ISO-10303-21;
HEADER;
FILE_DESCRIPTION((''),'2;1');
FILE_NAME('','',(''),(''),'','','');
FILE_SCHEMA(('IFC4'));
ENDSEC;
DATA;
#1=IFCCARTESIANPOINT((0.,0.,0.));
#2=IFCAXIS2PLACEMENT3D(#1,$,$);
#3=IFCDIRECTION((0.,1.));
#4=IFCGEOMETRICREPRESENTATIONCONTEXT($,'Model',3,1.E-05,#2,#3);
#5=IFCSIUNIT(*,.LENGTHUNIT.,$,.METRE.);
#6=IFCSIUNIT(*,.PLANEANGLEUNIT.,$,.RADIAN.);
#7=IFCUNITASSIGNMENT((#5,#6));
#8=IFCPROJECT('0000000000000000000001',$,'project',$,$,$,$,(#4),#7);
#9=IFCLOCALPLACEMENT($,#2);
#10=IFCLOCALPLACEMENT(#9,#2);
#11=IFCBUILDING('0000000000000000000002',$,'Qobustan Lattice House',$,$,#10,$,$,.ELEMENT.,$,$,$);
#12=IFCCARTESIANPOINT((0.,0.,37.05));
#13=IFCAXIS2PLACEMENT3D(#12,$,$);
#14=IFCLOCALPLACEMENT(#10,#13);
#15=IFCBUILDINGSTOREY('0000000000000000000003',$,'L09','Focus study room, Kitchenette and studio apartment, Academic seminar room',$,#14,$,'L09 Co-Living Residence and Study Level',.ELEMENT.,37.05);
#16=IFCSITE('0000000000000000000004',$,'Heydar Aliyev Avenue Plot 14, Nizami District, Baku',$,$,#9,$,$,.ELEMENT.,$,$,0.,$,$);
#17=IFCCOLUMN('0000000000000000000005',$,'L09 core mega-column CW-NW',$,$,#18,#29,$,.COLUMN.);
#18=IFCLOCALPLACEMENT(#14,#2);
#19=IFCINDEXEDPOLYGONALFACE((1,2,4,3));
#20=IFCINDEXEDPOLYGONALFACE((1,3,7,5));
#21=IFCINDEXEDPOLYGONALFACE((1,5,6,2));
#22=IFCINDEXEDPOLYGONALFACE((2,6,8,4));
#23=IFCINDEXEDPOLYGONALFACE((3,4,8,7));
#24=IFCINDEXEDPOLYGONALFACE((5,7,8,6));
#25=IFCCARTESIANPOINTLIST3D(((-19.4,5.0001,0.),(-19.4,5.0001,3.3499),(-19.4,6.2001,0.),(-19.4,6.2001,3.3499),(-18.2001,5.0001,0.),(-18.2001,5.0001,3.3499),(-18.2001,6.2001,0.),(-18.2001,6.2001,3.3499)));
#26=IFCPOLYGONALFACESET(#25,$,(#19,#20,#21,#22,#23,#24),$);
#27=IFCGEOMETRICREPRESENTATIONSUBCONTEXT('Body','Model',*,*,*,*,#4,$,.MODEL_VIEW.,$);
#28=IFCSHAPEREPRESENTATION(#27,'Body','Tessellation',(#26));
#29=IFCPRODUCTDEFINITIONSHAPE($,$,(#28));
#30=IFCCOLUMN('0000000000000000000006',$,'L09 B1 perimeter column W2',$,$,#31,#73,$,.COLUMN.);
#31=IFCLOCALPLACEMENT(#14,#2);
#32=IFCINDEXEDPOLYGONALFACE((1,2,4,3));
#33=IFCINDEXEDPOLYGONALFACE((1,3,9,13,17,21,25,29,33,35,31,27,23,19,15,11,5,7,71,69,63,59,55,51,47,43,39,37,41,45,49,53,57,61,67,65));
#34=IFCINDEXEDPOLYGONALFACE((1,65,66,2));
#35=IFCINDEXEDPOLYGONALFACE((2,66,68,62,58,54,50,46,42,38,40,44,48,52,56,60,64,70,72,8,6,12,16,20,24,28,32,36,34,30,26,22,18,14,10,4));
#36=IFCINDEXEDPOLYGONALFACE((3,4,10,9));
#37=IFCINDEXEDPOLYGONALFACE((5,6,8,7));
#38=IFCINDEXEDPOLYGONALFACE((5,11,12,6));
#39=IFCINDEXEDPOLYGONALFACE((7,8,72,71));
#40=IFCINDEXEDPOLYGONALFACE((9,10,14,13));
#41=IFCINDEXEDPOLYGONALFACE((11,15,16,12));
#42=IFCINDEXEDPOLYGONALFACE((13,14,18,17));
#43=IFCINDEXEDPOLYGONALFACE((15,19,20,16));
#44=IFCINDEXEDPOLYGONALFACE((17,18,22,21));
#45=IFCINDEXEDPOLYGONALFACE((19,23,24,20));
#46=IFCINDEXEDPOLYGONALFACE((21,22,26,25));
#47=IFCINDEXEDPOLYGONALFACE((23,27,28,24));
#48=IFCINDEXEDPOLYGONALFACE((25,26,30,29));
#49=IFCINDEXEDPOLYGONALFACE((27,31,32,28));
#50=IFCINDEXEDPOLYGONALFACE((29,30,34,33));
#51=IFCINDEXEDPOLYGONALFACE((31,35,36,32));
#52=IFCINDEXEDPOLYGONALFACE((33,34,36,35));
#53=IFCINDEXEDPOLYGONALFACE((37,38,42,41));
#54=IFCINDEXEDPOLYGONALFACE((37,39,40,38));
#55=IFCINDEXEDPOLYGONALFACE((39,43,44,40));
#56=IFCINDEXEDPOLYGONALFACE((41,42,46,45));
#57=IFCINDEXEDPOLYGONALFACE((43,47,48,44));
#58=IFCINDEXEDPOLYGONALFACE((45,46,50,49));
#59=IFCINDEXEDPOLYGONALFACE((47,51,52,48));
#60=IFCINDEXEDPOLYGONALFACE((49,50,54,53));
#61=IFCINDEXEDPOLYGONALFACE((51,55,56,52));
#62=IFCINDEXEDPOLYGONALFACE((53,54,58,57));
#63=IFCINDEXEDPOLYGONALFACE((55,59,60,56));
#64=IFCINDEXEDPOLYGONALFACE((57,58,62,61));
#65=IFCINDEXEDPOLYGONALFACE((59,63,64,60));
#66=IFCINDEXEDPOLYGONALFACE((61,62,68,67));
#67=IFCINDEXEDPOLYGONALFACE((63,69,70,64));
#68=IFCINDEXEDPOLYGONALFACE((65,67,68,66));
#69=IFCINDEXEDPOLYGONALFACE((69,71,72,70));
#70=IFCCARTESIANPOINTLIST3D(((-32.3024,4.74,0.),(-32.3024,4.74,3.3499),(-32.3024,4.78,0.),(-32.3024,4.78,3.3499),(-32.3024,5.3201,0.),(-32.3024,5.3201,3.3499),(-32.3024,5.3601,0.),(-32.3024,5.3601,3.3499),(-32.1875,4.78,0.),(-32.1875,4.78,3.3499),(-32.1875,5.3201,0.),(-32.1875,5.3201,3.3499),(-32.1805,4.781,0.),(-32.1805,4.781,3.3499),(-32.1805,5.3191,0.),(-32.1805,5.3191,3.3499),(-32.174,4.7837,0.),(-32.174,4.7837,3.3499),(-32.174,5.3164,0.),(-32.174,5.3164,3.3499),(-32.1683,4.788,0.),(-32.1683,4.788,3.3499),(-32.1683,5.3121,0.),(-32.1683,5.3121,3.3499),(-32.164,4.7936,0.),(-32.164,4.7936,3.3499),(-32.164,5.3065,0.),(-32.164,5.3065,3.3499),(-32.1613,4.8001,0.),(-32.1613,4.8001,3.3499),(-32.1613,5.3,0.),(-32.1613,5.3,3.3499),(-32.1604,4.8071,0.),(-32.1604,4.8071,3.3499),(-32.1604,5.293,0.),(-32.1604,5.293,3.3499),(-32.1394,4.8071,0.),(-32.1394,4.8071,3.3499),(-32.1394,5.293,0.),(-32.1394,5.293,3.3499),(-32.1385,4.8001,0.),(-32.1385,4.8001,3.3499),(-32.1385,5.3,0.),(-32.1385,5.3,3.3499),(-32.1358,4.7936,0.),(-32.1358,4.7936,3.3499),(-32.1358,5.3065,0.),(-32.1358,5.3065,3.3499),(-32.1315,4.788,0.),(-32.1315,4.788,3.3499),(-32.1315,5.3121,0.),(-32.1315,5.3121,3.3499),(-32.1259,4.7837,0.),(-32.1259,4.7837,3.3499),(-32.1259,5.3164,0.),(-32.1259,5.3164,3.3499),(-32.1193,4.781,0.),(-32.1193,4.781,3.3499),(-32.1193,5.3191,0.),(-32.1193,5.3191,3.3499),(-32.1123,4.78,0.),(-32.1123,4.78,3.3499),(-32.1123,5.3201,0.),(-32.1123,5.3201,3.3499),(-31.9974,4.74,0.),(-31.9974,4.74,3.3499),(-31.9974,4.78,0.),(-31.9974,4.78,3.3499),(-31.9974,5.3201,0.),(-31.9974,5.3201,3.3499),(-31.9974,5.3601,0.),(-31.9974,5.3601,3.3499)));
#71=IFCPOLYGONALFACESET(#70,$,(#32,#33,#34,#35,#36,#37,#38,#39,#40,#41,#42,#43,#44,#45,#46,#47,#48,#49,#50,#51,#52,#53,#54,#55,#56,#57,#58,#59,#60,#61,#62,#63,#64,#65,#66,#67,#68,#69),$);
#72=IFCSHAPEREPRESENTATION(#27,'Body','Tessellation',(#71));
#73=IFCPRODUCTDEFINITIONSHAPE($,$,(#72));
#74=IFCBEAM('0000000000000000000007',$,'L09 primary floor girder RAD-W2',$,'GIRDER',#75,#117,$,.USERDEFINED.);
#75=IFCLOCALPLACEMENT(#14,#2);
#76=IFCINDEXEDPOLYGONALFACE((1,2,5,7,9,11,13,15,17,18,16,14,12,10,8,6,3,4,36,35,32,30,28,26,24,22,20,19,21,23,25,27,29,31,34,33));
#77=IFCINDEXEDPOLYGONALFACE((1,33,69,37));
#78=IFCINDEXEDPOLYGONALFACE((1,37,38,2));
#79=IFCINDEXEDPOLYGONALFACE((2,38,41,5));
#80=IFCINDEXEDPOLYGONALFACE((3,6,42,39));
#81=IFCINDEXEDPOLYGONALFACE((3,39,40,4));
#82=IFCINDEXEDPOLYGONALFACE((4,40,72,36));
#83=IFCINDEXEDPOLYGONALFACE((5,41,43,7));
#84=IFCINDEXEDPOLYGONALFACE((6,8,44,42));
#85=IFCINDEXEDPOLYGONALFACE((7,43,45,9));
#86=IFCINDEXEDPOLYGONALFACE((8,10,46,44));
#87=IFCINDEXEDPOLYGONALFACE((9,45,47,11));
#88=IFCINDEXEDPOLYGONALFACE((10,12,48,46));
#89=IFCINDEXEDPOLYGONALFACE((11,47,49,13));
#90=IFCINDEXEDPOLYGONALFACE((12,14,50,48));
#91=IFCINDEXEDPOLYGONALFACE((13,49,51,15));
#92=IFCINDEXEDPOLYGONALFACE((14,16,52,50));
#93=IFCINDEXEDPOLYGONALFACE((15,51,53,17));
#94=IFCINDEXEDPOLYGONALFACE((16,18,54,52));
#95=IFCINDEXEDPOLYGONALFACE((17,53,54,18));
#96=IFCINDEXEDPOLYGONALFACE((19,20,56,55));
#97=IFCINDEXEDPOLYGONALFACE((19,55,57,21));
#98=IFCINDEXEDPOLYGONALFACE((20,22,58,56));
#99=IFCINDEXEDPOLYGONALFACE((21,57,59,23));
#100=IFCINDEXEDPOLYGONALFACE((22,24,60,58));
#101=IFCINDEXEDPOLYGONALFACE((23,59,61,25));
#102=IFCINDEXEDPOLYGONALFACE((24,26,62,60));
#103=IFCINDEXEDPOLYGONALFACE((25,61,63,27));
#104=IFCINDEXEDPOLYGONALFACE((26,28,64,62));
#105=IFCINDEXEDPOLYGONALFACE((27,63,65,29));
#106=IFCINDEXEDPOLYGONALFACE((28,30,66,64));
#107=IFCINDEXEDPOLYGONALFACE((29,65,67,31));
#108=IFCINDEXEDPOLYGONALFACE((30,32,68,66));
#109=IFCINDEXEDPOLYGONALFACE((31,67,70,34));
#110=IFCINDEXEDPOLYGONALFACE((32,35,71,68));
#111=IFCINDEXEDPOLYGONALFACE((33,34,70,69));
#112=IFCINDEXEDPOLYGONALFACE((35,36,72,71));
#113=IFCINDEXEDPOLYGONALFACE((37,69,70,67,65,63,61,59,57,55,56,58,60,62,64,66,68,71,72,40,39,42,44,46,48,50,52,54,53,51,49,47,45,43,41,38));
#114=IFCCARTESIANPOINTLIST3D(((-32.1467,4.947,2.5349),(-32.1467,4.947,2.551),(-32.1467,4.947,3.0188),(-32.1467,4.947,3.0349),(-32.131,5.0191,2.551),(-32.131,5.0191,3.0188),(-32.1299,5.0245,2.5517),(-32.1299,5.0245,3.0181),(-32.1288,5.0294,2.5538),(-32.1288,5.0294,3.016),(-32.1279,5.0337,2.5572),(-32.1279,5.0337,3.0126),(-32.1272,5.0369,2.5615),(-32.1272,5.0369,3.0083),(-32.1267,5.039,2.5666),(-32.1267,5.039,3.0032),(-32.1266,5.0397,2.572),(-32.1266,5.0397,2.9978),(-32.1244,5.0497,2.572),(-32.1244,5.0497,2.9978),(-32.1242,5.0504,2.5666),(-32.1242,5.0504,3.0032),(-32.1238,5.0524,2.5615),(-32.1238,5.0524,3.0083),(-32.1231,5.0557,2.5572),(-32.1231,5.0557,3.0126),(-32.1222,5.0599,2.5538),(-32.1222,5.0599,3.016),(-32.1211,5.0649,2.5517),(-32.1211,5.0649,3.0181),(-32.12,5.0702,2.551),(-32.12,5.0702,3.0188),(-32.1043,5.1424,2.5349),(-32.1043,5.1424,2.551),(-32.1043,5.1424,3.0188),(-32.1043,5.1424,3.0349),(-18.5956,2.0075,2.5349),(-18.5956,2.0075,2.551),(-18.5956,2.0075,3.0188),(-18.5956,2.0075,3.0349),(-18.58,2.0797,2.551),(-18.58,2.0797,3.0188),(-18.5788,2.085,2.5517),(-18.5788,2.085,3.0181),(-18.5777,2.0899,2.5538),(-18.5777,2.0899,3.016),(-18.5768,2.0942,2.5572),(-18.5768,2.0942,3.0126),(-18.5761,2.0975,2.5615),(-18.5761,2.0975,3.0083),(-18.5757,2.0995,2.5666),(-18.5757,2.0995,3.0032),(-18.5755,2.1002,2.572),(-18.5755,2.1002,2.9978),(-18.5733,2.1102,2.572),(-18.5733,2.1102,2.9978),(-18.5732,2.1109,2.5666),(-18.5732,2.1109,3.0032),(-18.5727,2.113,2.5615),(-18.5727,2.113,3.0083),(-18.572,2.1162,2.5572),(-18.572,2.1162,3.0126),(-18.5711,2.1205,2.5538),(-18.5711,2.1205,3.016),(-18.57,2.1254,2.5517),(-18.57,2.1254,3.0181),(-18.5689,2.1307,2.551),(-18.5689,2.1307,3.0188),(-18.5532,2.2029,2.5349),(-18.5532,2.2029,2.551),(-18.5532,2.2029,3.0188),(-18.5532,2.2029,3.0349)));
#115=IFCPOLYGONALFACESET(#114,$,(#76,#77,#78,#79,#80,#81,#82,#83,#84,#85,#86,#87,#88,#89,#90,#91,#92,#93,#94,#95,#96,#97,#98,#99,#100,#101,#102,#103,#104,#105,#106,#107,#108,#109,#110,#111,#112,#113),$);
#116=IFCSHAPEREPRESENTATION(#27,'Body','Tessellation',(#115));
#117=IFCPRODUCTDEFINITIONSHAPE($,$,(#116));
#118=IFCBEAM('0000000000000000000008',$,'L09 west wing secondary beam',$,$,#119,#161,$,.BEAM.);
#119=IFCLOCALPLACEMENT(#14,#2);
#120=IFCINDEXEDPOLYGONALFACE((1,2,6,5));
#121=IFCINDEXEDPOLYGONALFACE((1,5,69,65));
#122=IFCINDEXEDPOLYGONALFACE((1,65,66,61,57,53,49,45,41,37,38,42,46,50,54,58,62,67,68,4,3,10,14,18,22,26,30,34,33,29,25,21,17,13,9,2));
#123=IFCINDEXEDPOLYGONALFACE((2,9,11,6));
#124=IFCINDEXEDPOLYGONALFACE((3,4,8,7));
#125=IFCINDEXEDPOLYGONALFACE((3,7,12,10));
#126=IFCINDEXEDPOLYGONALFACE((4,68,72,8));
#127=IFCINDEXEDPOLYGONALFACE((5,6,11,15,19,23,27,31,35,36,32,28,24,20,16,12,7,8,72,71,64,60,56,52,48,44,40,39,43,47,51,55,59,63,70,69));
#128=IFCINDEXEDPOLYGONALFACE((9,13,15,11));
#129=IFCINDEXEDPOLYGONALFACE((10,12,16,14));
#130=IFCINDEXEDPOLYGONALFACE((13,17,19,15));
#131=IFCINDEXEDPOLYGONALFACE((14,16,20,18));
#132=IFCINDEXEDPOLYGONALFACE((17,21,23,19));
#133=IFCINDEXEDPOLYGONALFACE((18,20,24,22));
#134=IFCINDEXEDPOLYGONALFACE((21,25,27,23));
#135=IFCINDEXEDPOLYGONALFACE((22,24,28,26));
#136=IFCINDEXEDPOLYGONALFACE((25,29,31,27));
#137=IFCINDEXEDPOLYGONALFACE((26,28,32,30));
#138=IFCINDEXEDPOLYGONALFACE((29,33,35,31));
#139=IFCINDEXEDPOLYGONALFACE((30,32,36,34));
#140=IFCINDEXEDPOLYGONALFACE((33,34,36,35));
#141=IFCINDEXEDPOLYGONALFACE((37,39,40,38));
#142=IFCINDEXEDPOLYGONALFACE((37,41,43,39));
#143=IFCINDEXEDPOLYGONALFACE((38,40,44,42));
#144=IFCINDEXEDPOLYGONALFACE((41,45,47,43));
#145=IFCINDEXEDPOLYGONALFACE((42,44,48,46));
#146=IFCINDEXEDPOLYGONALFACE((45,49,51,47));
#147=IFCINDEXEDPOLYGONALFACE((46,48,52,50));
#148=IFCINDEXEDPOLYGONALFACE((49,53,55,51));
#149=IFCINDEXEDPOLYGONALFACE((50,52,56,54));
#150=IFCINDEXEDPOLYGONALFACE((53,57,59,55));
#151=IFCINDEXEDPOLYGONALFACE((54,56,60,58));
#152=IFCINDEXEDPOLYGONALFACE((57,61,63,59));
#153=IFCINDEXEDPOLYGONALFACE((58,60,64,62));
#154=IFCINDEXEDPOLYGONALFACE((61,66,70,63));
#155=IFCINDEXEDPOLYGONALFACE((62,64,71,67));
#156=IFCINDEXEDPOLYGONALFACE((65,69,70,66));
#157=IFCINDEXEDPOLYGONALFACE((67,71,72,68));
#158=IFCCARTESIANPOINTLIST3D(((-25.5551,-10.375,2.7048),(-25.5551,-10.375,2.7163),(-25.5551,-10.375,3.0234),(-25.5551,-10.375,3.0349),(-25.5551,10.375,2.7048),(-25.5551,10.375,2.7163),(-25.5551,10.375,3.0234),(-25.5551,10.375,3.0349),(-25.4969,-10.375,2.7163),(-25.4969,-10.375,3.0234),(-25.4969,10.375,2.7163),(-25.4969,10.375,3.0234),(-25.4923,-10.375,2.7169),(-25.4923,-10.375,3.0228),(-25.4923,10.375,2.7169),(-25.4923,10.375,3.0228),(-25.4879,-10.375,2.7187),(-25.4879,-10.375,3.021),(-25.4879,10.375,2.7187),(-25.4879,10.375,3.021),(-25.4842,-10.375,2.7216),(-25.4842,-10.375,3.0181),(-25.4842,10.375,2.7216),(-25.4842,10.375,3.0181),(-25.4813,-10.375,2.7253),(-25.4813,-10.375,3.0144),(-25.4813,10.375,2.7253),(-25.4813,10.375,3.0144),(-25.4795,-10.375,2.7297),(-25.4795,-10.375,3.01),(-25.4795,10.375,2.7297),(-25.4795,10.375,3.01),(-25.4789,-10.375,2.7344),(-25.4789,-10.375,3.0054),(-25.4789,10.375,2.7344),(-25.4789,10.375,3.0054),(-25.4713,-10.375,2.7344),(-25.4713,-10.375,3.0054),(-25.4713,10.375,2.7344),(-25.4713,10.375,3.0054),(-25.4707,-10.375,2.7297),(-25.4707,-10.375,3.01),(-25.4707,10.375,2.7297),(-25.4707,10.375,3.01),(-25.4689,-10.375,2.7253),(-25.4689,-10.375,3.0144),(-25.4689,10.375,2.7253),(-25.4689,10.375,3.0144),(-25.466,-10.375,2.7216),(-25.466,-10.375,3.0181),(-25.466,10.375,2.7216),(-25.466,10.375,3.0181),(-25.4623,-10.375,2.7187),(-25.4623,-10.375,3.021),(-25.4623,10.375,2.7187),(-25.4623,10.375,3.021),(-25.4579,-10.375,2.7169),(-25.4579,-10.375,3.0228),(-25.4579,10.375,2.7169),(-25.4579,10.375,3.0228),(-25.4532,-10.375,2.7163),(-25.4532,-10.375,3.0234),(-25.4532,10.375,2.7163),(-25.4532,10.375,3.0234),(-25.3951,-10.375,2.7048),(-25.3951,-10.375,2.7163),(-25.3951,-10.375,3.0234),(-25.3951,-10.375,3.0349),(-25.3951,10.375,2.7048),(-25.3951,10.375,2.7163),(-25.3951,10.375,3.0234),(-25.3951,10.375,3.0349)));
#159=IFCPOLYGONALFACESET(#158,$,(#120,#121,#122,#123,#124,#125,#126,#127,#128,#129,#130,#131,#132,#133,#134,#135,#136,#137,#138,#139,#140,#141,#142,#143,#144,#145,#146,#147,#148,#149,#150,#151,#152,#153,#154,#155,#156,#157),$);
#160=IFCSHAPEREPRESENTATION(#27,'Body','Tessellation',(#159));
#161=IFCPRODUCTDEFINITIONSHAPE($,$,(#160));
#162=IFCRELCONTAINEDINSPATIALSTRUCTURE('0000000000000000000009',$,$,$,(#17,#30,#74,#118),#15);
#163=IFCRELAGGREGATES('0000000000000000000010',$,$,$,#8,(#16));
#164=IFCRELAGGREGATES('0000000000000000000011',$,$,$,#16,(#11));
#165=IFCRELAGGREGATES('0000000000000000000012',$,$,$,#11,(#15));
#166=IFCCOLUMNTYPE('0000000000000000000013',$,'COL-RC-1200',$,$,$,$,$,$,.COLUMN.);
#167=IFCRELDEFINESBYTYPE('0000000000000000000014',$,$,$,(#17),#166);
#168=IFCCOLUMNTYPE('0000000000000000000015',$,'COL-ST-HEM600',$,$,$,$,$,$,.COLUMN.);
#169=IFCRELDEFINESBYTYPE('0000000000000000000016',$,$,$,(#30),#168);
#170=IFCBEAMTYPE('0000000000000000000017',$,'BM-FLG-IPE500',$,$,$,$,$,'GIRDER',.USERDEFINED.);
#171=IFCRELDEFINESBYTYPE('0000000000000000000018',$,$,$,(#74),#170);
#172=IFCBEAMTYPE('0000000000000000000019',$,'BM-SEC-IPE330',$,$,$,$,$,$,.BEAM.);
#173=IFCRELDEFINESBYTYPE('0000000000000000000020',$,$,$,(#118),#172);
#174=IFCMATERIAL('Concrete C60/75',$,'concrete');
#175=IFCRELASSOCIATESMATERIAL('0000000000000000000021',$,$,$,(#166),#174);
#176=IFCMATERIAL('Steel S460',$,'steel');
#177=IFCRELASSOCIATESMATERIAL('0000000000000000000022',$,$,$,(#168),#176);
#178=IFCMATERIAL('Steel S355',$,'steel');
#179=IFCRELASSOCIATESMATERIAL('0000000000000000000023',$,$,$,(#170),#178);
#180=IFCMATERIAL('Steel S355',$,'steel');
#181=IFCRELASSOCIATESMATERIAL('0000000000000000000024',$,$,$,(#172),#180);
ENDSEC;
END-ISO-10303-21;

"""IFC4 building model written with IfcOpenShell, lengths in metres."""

from ifc_helpers import new_model, si_unit, direction, frame, origin, origin_2d, place, context, subcontext, project, spatial, rectangle, i_section, extrude, material, material_profile, profile_set, type_object, element, save


model = new_model("IFC4")

# Units and contexts
model_context = context("Model", 3, precision=1e-05, world=origin(), true_north=direction((0.0, 1.0)))
body_context = subcontext(model_context, "Body", "Model", "MODEL_VIEW")
ifc_project = project(units=[si_unit("LENGTHUNIT", "METRE"), si_unit("PLANEANGLEUNIT", "RADIAN")], contexts=[model_context])

# Site, building, storey
site_placement = place(None, origin())
site = spatial("IfcSite", under=ifc_project, at=site_placement, Name="Heydar Aliyev Avenue Plot 14, Nizami District, Baku", CompositionType="ELEMENT", RefElevation=0.0)
building_placement = place(site_placement, origin())
building = spatial("IfcBuilding", under=site, at=building_placement, Name="Qobustan Lattice House", CompositionType="ELEMENT")
storey_placement = place(building_placement, frame((0.0, 0.0, 37.05)))
storey = spatial("IfcBuildingStorey", under=building, at=storey_placement, Name="L09", Description="Focus study room, Kitchenette and studio apartment, Academic seminar room", LongName="L09 Co-Living Residence and Study Level", CompositionType="ELEMENT", Elevation=37.05)

# Columns
ifc_material_1 = material(Name="Concrete C60/75", Category="concrete")
ifc_material_profile_1 = material_profile(ifc_material_1, rectangle(XDim=1.2, YDim=1.2, at=origin_2d()), Name="RC1200x1200")
ifc_profile_set_1 = profile_set([ifc_material_profile_1], Name="Concrete C60/75")
column_type_1 = type_object("IfcColumnType", Name="COL-RC-1200", PredefinedType="COLUMN", material=ifc_profile_set_1)
column_1_placement = place(storey_placement, frame((-18.8, 5.6001, 0.0), z_axis=(0.0, 0.0, 1.0), x_axis=(1.0, 0.0, 0.0)))
element("IfcColumn", 1, at=column_1_placement, inside=storey, type_object=column_type_1, Name="L09 core mega-column CW-NW", PredefinedType="COLUMN", context=body_context, shape_type="SweptSolid", body=[
    extrude(rectangle(XDim=1.2, YDim=1.2, at=origin_2d()), origin(), (0.0, 0.0, 1.0), 3.3499),
])
ifc_material_2 = material(Name="Steel S460", Category="steel")
ifc_material_profile_2 = material_profile(ifc_material_2, i_section(OverallWidth=0.3049, OverallDepth=0.6201, WebThickness=0.021, FlangeThickness=0.04, FilletRadius=0.0271, at=origin_2d()), Name="HEM600")
ifc_profile_set_2 = profile_set([ifc_material_profile_2], Name="Steel S460")
column_type_2 = type_object("IfcColumnType", Name="COL-ST-HEM600", PredefinedType="COLUMN", material=ifc_profile_set_2)
column_2_placement = place(storey_placement, frame((-32.1499, 5.05, 0.0), z_axis=(0.0, 0.0, 1.0), x_axis=(1.0, 0.0, 0.0)))
element("IfcColumn", 2, at=column_2_placement, inside=storey, type_object=column_type_2, Name="L09 B1 perimeter column W2", PredefinedType="COLUMN", context=body_context, shape_type="SweptSolid", body=[
    extrude(i_section(OverallWidth=0.3049, OverallDepth=0.6201, WebThickness=0.021, FlangeThickness=0.04, FilletRadius=0.0271, at=origin_2d()), origin(), (0.0, 0.0, 1.0), 3.3499),
])

# Beams
ifc_material_3 = material(Name="Steel S355", Category="steel")
ifc_material_profile_3 = material_profile(ifc_material_3, i_section(OverallWidth=0.2, OverallDepth=0.5, WebThickness=0.0103, FlangeThickness=0.0161, FilletRadius=0.021, at=origin_2d()), Name="IPE500")
ifc_profile_set_3 = profile_set([ifc_material_profile_3], Name="Steel S355")
beam_type_1 = type_object("IfcBeamType", Name="BM-FLG-IPE500", ElementType="GIRDER", PredefinedType="USERDEFINED", material=ifc_profile_set_3)
beam_1_placement = place(storey_placement, frame((-32.1255, 5.0447, 2.7849), z_axis=(0.977272, -0.211987, 0.0), x_axis=(0.211987, 0.977272, 0.0)))
element("IfcBeam", 3, at=beam_1_placement, inside=storey, type_object=beam_type_1, Name="L09 primary floor girder RAD-W2", ObjectType="GIRDER", PredefinedType="USERDEFINED", context=body_context, shape_type="SweptSolid", body=[
    extrude(i_section(OverallWidth=0.2, OverallDepth=0.5, WebThickness=0.0103, FlangeThickness=0.0161, FilletRadius=0.021, at=origin_2d()), origin(), (0.0, 0.0, 1.0), 13.8662),
])
ifc_material_4 = material(Name="Steel S355", Category="steel")
ifc_material_profile_4 = material_profile(ifc_material_4, i_section(OverallWidth=0.1599, OverallDepth=0.3301, WebThickness=0.0076, FlangeThickness=0.0115, FilletRadius=0.0181, at=origin_2d()), Name="IPE330")
ifc_profile_set_4 = profile_set([ifc_material_profile_4], Name="Steel S355")
beam_type_2 = type_object("IfcBeamType", Name="BM-SEC-IPE330", PredefinedType="BEAM", material=ifc_profile_set_4)
beam_2_placement = place(storey_placement, frame((-25.4751, 10.375, 2.8699), z_axis=(0.0, -1.0, 0.0), x_axis=(1.0, 0.0, 0.0)))
element("IfcBeam", 4, at=beam_2_placement, inside=storey, type_object=beam_type_2, Name="L09 west wing secondary beam", PredefinedType="BEAM", context=body_context, shape_type="SweptSolid", body=[
    extrude(i_section(OverallWidth=0.1599, OverallDepth=0.3301, WebThickness=0.0076, FlangeThickness=0.0115, FilletRadius=0.0181, at=origin_2d()), origin(), (0.0, 0.0, 1.0), 20.75),
])

save(model, "model.ifc")
